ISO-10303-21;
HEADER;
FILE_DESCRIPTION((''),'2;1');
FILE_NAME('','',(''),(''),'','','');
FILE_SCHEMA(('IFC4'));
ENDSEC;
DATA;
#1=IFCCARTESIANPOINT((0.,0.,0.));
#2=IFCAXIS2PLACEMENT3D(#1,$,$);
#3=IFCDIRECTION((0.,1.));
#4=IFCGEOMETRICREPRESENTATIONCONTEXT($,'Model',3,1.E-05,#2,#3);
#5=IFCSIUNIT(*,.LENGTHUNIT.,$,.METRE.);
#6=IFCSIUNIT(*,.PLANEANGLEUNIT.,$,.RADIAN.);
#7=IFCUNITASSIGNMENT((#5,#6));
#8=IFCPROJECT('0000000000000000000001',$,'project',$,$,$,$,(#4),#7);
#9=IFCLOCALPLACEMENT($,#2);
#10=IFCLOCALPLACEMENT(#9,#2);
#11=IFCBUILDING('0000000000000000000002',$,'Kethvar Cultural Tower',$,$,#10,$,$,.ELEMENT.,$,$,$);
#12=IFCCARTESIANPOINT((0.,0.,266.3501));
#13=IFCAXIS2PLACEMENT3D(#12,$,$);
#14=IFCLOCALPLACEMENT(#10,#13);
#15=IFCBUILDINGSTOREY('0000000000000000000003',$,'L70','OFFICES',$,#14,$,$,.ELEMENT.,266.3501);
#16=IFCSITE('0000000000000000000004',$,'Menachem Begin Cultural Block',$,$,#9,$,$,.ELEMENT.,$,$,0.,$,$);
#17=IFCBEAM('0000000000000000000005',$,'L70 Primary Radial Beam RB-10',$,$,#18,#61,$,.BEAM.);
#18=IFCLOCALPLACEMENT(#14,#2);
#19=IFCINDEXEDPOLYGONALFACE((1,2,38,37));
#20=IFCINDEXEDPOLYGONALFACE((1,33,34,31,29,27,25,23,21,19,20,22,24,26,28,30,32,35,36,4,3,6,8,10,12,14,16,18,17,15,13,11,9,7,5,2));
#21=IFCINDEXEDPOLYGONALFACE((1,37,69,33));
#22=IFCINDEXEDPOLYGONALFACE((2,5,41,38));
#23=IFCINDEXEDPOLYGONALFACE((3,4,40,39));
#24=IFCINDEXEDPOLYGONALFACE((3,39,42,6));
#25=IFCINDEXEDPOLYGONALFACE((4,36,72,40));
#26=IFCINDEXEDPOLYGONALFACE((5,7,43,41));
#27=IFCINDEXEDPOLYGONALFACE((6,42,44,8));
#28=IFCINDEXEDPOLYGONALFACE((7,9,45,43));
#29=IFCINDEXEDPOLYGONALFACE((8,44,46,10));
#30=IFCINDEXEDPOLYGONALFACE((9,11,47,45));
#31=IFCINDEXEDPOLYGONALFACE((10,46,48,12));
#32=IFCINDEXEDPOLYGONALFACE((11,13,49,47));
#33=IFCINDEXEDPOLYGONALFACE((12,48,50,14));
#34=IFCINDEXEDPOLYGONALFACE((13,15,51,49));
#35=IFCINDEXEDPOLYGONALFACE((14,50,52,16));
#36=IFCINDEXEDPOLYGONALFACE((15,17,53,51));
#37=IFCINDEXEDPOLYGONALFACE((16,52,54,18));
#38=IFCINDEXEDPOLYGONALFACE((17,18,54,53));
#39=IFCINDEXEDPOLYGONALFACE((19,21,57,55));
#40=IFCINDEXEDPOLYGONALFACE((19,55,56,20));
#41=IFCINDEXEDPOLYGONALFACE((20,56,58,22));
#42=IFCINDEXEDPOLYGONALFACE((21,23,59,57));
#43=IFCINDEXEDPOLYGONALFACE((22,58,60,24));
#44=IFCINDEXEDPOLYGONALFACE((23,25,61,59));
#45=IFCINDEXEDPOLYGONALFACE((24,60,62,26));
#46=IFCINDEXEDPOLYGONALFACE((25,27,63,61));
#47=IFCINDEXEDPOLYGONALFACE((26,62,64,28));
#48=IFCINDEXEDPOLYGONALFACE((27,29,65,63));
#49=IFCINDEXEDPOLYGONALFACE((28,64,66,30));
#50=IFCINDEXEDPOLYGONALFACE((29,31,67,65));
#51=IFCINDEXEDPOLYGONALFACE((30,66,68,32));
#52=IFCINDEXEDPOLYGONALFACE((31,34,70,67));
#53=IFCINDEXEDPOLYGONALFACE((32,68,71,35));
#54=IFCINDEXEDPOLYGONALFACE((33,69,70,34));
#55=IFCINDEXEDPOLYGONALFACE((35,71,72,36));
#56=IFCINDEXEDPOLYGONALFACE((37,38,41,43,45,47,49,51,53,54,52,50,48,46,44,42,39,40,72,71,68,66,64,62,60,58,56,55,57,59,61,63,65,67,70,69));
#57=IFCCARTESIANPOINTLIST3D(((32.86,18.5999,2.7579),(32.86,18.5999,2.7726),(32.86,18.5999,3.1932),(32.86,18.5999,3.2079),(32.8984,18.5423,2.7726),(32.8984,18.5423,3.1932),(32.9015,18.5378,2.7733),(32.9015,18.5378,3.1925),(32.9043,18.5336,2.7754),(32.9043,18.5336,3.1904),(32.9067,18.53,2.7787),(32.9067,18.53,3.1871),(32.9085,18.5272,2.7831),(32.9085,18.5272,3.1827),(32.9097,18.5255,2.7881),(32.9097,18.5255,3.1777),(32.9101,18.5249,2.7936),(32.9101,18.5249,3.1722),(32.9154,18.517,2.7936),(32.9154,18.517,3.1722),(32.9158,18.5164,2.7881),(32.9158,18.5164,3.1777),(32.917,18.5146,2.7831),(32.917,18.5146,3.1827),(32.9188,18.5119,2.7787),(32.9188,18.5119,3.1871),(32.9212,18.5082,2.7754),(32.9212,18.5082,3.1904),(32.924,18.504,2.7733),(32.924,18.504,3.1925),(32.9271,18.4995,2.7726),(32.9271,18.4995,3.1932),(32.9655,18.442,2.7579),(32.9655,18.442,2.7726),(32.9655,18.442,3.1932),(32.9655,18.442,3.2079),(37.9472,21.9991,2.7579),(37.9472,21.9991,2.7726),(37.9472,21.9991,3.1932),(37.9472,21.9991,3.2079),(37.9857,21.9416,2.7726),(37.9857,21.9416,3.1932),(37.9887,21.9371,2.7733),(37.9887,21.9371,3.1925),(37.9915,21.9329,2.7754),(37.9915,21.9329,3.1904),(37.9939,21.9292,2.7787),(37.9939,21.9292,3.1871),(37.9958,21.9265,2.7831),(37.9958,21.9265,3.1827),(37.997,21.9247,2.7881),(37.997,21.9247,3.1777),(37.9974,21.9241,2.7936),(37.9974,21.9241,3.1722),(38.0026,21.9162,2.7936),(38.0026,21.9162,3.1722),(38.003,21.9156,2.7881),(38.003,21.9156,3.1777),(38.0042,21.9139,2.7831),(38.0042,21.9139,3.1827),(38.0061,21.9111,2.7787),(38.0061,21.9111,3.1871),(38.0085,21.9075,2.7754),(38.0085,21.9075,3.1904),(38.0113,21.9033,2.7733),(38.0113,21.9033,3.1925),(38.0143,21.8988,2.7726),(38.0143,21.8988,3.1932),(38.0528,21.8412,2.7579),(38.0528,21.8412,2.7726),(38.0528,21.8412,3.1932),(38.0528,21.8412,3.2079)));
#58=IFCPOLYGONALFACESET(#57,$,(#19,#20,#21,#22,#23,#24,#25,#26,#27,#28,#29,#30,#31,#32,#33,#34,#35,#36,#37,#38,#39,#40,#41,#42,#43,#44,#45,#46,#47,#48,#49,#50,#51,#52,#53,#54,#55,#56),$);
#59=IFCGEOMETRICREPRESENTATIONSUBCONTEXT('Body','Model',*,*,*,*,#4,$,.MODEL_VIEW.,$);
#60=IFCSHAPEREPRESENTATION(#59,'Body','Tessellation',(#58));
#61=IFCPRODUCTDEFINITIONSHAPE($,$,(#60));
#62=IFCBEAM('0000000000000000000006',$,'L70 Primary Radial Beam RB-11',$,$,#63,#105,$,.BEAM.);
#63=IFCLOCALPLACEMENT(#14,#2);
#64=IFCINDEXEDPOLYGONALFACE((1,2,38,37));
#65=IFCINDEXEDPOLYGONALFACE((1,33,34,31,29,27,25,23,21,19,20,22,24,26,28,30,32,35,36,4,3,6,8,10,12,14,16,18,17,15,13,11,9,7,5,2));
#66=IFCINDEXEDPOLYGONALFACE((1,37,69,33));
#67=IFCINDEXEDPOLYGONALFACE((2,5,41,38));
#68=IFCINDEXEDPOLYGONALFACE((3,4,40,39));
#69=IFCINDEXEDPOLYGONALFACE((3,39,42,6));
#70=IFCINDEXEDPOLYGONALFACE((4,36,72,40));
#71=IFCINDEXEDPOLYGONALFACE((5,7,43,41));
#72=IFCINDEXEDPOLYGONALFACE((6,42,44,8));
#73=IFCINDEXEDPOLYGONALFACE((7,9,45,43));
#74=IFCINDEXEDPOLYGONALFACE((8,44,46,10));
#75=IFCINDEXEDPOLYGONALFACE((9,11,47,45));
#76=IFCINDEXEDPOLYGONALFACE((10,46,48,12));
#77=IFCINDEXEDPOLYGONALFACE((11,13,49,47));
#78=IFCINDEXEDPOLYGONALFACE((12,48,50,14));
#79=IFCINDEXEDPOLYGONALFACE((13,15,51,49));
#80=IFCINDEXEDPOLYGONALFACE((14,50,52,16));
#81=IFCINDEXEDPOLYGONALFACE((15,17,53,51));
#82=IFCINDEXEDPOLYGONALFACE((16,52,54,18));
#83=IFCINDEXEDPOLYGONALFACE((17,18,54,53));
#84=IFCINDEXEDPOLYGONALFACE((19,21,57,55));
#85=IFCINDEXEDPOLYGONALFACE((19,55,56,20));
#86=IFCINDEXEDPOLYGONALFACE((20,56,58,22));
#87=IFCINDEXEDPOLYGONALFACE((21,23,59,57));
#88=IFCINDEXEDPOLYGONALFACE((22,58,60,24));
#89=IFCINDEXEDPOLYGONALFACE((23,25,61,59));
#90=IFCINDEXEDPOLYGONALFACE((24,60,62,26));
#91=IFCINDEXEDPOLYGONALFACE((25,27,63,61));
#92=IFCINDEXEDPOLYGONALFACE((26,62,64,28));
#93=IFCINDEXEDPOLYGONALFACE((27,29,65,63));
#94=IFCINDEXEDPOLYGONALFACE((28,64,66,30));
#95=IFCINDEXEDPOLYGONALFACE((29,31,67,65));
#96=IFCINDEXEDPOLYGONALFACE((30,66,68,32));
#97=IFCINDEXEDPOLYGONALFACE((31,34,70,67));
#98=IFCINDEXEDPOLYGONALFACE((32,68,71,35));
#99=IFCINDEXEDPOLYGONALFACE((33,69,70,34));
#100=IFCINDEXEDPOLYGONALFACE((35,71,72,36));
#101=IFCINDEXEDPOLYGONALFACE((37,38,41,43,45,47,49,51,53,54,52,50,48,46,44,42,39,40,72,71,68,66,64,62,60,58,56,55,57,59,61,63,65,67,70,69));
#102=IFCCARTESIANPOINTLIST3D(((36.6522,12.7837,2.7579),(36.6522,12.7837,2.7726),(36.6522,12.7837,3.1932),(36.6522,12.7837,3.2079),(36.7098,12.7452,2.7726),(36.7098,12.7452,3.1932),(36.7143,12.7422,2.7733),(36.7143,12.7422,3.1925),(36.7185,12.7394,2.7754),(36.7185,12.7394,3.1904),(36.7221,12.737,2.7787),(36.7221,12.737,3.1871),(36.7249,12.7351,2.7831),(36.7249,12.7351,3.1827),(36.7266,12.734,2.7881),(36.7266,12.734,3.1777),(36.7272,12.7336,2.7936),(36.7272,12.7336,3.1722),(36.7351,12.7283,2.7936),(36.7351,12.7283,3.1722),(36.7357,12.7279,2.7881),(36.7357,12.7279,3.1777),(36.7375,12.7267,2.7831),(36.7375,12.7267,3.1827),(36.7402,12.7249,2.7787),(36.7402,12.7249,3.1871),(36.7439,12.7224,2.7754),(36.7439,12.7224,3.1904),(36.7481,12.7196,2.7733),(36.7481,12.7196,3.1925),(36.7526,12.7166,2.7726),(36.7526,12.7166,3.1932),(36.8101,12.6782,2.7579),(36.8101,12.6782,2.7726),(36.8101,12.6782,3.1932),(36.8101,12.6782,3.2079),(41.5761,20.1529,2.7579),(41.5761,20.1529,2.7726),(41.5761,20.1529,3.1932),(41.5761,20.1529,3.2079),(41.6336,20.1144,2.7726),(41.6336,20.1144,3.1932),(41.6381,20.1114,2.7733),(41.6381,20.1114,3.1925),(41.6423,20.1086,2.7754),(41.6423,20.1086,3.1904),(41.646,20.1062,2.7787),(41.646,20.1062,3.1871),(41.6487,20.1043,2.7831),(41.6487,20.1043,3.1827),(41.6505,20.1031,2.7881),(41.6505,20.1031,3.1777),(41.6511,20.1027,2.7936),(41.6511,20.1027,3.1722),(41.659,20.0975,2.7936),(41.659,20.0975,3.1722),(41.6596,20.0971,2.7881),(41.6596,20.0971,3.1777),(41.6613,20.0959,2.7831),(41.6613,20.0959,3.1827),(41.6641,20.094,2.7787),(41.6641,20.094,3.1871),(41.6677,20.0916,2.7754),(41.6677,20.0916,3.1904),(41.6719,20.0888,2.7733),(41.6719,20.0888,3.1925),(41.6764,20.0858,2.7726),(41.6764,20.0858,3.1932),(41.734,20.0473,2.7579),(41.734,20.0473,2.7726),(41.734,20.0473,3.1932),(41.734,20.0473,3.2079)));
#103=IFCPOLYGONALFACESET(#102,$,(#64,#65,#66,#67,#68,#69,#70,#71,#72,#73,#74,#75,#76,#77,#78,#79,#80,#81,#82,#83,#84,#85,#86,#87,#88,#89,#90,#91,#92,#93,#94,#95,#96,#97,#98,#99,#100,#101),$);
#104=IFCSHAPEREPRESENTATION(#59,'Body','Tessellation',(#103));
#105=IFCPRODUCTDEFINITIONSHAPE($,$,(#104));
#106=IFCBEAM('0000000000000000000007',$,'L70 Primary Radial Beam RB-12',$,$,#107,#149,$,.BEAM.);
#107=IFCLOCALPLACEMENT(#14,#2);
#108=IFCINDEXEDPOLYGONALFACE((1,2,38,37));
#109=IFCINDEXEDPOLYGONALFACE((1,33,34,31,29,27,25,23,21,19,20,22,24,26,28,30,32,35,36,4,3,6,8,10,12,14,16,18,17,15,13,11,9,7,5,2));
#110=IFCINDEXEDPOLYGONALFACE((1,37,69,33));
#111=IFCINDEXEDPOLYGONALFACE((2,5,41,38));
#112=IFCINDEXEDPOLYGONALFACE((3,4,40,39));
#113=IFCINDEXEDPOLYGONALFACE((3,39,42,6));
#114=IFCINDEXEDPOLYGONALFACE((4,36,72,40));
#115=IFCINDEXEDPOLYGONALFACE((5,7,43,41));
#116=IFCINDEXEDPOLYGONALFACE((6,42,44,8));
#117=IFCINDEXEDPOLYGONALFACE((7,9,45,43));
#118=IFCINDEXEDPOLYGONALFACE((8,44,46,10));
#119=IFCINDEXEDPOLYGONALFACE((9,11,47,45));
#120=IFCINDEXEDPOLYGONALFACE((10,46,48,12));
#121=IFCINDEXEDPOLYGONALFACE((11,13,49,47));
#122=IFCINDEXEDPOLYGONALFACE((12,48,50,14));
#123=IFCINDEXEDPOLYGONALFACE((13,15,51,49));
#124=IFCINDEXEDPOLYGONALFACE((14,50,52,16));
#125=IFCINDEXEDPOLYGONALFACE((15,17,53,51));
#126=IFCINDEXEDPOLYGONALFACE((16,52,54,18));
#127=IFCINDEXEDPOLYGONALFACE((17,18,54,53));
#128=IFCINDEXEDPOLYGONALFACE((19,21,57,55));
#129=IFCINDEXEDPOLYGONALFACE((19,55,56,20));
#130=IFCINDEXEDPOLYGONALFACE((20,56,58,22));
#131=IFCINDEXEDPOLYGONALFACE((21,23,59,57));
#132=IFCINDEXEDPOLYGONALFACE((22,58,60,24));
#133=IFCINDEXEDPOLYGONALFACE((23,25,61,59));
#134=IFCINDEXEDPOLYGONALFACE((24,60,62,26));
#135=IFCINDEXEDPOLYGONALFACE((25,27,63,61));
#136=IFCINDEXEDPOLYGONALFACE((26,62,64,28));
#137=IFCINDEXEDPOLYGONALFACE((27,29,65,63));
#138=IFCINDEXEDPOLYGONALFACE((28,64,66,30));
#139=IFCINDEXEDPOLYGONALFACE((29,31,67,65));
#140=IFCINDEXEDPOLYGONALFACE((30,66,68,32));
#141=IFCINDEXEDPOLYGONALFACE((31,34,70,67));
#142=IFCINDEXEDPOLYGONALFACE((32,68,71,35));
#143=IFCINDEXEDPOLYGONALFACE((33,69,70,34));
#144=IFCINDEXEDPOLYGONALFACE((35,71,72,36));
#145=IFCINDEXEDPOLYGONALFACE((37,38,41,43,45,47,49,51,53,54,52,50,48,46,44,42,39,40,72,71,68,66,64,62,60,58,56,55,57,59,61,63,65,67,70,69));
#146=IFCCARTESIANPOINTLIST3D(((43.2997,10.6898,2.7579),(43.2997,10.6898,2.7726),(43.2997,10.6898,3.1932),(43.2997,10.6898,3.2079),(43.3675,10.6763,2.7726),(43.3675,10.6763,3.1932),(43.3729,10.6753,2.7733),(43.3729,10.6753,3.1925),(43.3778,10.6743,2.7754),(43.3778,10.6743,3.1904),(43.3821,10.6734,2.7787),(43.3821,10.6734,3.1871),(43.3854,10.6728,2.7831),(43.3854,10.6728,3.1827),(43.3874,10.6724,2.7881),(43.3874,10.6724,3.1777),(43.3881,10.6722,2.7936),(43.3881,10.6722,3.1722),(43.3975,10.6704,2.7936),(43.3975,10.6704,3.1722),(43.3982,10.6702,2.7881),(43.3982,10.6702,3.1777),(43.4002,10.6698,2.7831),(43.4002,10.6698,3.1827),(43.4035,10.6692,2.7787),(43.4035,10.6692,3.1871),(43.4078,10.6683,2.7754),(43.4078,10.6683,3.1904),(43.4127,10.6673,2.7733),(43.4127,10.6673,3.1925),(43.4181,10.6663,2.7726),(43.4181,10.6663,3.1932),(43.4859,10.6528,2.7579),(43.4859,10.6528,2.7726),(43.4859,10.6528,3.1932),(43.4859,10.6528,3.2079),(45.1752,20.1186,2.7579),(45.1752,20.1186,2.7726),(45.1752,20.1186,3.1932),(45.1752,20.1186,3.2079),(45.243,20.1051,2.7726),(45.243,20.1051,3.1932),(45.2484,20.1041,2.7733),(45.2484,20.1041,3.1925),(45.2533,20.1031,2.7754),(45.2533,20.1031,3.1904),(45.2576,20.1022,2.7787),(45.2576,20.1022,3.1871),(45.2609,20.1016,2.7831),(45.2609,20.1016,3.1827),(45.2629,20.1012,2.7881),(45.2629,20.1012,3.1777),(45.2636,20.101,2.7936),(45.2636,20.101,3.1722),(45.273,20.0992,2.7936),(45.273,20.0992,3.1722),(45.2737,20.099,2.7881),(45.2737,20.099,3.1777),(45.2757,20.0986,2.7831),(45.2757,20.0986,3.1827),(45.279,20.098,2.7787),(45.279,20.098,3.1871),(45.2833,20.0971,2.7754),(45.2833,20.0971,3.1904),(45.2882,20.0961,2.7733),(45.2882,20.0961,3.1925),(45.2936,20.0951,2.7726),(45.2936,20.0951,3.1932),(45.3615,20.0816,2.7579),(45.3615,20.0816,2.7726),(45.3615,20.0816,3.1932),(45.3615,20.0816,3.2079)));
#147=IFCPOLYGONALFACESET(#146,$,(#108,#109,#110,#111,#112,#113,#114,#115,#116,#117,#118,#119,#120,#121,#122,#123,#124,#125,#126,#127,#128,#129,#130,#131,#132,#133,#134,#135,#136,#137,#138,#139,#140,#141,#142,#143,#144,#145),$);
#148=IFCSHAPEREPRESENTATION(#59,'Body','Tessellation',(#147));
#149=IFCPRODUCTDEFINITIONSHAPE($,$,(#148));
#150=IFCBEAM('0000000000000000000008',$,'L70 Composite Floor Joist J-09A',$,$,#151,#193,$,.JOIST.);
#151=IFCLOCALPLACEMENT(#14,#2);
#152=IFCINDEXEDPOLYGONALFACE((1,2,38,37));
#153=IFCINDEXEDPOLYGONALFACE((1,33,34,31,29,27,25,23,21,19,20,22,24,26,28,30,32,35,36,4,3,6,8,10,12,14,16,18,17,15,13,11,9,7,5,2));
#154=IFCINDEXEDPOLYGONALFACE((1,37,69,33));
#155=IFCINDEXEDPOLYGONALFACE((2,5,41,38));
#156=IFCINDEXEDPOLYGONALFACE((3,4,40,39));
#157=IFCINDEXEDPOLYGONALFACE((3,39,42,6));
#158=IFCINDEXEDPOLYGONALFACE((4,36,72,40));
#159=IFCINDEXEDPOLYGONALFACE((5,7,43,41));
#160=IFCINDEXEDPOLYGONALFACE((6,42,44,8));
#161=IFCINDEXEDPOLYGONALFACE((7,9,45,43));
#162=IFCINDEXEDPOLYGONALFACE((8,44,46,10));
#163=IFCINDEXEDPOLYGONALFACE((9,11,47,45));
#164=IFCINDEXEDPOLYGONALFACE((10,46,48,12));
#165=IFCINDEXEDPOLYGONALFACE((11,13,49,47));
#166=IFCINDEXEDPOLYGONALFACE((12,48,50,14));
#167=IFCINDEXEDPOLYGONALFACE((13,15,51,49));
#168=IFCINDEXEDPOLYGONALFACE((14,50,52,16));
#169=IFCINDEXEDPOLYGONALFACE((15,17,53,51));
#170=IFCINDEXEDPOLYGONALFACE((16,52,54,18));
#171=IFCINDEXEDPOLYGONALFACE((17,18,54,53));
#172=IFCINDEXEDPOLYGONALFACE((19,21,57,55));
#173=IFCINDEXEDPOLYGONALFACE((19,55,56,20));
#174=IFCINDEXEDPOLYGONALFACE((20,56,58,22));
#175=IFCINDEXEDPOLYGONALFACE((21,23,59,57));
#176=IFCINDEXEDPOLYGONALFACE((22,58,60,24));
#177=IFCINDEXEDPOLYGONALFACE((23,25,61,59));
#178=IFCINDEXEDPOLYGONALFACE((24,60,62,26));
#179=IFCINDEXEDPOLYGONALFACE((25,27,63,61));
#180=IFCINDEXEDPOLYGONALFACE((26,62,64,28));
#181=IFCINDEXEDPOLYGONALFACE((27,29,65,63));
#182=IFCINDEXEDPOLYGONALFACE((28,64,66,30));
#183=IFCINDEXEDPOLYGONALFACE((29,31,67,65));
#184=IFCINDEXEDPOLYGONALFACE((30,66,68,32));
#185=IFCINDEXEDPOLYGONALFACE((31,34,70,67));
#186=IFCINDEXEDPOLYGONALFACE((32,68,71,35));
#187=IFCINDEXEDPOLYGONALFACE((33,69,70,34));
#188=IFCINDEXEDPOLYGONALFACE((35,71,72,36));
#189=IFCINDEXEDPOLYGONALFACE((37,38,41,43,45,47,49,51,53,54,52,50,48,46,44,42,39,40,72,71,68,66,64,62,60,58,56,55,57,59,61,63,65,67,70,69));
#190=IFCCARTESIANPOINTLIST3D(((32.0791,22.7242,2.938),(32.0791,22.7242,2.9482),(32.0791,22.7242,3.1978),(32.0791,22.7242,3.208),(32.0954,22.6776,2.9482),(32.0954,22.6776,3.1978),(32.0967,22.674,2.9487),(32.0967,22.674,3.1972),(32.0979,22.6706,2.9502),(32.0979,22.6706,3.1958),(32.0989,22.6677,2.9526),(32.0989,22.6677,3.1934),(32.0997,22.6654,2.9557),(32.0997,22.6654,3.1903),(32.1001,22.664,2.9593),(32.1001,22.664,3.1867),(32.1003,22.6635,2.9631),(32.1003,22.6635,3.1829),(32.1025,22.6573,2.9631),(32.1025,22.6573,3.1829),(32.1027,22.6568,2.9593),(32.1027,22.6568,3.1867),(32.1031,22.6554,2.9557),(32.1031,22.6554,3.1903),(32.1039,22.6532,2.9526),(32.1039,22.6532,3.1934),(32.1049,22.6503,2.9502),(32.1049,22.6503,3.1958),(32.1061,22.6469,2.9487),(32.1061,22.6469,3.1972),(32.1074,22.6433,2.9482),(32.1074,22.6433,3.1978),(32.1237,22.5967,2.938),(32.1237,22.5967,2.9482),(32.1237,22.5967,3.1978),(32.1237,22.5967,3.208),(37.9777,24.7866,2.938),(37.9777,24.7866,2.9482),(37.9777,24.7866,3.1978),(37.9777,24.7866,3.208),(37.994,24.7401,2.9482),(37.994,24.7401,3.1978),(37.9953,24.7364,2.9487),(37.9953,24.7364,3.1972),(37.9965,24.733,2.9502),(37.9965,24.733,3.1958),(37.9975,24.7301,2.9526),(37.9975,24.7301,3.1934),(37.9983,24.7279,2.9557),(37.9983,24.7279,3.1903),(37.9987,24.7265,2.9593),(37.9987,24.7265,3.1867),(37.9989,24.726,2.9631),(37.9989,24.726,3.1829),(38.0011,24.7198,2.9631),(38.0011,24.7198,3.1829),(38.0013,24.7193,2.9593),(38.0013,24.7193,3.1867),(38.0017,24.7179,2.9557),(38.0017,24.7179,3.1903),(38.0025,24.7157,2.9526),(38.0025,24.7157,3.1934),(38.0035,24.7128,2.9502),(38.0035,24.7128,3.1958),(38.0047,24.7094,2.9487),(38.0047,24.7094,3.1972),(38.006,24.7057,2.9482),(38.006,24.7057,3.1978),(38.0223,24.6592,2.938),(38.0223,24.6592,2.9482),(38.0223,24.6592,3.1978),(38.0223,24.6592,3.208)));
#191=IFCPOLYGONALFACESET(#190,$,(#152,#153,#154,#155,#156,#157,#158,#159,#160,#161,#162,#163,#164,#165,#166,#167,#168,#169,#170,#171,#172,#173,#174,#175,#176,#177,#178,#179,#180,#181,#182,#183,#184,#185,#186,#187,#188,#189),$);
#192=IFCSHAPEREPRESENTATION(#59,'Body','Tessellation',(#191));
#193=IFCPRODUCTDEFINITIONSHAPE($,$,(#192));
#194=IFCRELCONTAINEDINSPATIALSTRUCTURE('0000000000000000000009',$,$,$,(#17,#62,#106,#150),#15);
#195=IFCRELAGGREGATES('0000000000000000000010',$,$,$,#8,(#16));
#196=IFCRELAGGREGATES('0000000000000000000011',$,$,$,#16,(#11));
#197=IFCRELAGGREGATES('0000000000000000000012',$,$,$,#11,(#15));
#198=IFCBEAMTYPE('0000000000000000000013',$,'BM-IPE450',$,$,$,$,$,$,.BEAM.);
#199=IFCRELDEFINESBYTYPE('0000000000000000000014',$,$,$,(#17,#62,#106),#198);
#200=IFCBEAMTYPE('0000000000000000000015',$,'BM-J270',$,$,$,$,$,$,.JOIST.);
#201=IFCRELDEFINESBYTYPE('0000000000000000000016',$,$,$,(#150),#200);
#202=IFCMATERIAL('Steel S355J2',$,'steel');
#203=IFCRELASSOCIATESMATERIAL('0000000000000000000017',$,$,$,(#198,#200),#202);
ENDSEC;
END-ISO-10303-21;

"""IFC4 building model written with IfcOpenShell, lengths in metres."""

from ifc_helpers import new_model, si_unit, direction, frame, origin, origin_2d, place, context, subcontext, project, spatial, i_section, extrude, source, transform, mapped, material, material_profile, profile_set, type_object, element, save


model = new_model("IFC4")

# Units and contexts
model_context = context("Model", 3, precision=1e-05, world=origin(), true_north=direction((0.0, 1.0)))
body_context = subcontext(model_context, "Body", "Model", "MODEL_VIEW")
ifc_project = project(units=[si_unit("LENGTHUNIT", "METRE"), si_unit("PLANEANGLEUNIT", "RADIAN")], contexts=[model_context])

# Site, building, storey
site_placement = place(None, origin())
site = spatial("IfcSite", under=ifc_project, at=site_placement, Name="Menachem Begin Cultural Block", CompositionType="ELEMENT", RefElevation=0.0)
building_placement = place(site_placement, origin())
building = spatial("IfcBuilding", under=site, at=building_placement, Name="Kethvar Cultural Tower", CompositionType="ELEMENT")
storey_placement = place(building_placement, frame((0.0, 0.0, 266.3501)))
storey = spatial("IfcBuildingStorey", under=building, at=storey_placement, Name="L70", Description="OFFICES", CompositionType="ELEMENT", Elevation=266.3501)

# Beams
ifc_material_1 = material(Name="Steel S355J2", Category="steel")
ifc_material_profile_1 = material_profile(ifc_material_1, i_section(OverallWidth=0.1899, OverallDepth=0.45, WebThickness=0.0095, FlangeThickness=0.0146, FilletRadius=0.021, at=origin_2d()), Name="Steel S355J2 — IPE450")
ifc_profile_set_1 = profile_set([ifc_material_profile_1], Name="Steel S355J2 — IPE450")
beam_type_1 = type_object("IfcBeamType", Name="BM-IPE450", PredefinedType="BEAM", material=ifc_profile_set_1)
shared_shape_1 = source(origin(), body_context, "Body", "SweptSolid", [
    extrude(i_section(OverallWidth=0.1899, OverallDepth=0.45, WebThickness=0.0095, FlangeThickness=0.0146, FilletRadius=0.021, at=origin_2d()), origin(), (0.0, 0.0, 1.0), 6.1184),
])
beam_1_placement = place(storey_placement, frame((38.0, 21.9202, 2.9829), z_axis=(-0.831467, -0.555575, 0.0), x_axis=(0.555575, -0.831467, 0.0)))
element("IfcBeam", 1, at=beam_1_placement, inside=storey, type_object=beam_type_1, Name="L70 Primary Radial Beam RB-10", PredefinedType="BEAM", context=body_context, shape_type="MappedRepresentation", body=[
    mapped(shared_shape_1, transform((0.0, 0.0, 0.0), scale=1.0)),
])
shared_shape_2 = source(origin(), body_context, "Body", "SweptSolid", [
    extrude(i_section(OverallWidth=0.1899, OverallDepth=0.45, WebThickness=0.0095, FlangeThickness=0.0146, FilletRadius=0.021, at=origin_2d()), origin(), (0.0, 0.0, 1.0), 8.8628),
])
beam_2_placement = place(storey_placement, frame((41.655, 20.1001, 2.9829), z_axis=(-0.555564, -0.831473, 0.0), x_axis=(0.831473, -0.555564, 0.0)))
element("IfcBeam", 2, at=beam_2_placement, inside=storey, type_object=beam_type_1, Name="L70 Primary Radial Beam RB-11", PredefinedType="BEAM", context=body_context, shape_type="MappedRepresentation", body=[
    mapped(shared_shape_2, transform((0.0, 0.0, 0.0), scale=1.0)),
])
shared_shape_3 = source(origin(), body_context, "Body", "SweptSolid", [
    extrude(i_section(OverallWidth=0.1899, OverallDepth=0.45, WebThickness=0.0095, FlangeThickness=0.0146, FilletRadius=0.021, at=origin_2d()), origin(), (0.0, 0.0, 1.0), 9.6135),
])
beam_3_placement = place(storey_placement, frame((45.2683, 20.1001, 2.9829), z_axis=(-0.19509, -0.980785, 0.0), x_axis=(0.980785, -0.19509, 0.0)))
element("IfcBeam", 3, at=beam_3_placement, inside=storey, type_object=beam_type_1, Name="L70 Primary Radial Beam RB-12", PredefinedType="BEAM", context=body_context, shape_type="MappedRepresentation", body=[
    mapped(shared_shape_3, transform((0.0, 0.0, 0.0), scale=1.0)),
])
ifc_material_profile_2 = material_profile(ifc_material_1, i_section(OverallWidth=0.135, OverallDepth=0.27, WebThickness=0.0066, FlangeThickness=0.0103, FilletRadius=0.0149, at=origin_2d()), Name="Steel S355J2 — IPE270")
ifc_profile_set_2 = profile_set([ifc_material_profile_2], Name="Steel S355J2 — IPE270")
beam_type_2 = type_object("IfcBeamType", Name="BM-J270", PredefinedType="JOIST", material=ifc_profile_set_2)
shared_shape_4 = source(origin(), body_context, "Body", "SweptSolid", [
    extrude(i_section(OverallWidth=0.135, OverallDepth=0.27, WebThickness=0.0066, FlangeThickness=0.0103, FilletRadius=0.0149, at=origin_2d()), origin(), (0.0, 0.0, 1.0), 6.2488),
])
beam_4_placement = place(storey_placement, frame((38.0, 24.7229, 3.073), z_axis=(-0.94396, -0.33006, 0.0), x_axis=(0.33006, -0.94396, 0.0)))
element("IfcBeam", 4, at=beam_4_placement, inside=storey, type_object=beam_type_2, Name="L70 Composite Floor Joist J-09A", PredefinedType="JOIST", context=body_context, shape_type="MappedRepresentation", body=[
    mapped(shared_shape_4, transform((0.0, 0.0, 0.0), scale=1.0)),
])

save(model, "model.ifc")
